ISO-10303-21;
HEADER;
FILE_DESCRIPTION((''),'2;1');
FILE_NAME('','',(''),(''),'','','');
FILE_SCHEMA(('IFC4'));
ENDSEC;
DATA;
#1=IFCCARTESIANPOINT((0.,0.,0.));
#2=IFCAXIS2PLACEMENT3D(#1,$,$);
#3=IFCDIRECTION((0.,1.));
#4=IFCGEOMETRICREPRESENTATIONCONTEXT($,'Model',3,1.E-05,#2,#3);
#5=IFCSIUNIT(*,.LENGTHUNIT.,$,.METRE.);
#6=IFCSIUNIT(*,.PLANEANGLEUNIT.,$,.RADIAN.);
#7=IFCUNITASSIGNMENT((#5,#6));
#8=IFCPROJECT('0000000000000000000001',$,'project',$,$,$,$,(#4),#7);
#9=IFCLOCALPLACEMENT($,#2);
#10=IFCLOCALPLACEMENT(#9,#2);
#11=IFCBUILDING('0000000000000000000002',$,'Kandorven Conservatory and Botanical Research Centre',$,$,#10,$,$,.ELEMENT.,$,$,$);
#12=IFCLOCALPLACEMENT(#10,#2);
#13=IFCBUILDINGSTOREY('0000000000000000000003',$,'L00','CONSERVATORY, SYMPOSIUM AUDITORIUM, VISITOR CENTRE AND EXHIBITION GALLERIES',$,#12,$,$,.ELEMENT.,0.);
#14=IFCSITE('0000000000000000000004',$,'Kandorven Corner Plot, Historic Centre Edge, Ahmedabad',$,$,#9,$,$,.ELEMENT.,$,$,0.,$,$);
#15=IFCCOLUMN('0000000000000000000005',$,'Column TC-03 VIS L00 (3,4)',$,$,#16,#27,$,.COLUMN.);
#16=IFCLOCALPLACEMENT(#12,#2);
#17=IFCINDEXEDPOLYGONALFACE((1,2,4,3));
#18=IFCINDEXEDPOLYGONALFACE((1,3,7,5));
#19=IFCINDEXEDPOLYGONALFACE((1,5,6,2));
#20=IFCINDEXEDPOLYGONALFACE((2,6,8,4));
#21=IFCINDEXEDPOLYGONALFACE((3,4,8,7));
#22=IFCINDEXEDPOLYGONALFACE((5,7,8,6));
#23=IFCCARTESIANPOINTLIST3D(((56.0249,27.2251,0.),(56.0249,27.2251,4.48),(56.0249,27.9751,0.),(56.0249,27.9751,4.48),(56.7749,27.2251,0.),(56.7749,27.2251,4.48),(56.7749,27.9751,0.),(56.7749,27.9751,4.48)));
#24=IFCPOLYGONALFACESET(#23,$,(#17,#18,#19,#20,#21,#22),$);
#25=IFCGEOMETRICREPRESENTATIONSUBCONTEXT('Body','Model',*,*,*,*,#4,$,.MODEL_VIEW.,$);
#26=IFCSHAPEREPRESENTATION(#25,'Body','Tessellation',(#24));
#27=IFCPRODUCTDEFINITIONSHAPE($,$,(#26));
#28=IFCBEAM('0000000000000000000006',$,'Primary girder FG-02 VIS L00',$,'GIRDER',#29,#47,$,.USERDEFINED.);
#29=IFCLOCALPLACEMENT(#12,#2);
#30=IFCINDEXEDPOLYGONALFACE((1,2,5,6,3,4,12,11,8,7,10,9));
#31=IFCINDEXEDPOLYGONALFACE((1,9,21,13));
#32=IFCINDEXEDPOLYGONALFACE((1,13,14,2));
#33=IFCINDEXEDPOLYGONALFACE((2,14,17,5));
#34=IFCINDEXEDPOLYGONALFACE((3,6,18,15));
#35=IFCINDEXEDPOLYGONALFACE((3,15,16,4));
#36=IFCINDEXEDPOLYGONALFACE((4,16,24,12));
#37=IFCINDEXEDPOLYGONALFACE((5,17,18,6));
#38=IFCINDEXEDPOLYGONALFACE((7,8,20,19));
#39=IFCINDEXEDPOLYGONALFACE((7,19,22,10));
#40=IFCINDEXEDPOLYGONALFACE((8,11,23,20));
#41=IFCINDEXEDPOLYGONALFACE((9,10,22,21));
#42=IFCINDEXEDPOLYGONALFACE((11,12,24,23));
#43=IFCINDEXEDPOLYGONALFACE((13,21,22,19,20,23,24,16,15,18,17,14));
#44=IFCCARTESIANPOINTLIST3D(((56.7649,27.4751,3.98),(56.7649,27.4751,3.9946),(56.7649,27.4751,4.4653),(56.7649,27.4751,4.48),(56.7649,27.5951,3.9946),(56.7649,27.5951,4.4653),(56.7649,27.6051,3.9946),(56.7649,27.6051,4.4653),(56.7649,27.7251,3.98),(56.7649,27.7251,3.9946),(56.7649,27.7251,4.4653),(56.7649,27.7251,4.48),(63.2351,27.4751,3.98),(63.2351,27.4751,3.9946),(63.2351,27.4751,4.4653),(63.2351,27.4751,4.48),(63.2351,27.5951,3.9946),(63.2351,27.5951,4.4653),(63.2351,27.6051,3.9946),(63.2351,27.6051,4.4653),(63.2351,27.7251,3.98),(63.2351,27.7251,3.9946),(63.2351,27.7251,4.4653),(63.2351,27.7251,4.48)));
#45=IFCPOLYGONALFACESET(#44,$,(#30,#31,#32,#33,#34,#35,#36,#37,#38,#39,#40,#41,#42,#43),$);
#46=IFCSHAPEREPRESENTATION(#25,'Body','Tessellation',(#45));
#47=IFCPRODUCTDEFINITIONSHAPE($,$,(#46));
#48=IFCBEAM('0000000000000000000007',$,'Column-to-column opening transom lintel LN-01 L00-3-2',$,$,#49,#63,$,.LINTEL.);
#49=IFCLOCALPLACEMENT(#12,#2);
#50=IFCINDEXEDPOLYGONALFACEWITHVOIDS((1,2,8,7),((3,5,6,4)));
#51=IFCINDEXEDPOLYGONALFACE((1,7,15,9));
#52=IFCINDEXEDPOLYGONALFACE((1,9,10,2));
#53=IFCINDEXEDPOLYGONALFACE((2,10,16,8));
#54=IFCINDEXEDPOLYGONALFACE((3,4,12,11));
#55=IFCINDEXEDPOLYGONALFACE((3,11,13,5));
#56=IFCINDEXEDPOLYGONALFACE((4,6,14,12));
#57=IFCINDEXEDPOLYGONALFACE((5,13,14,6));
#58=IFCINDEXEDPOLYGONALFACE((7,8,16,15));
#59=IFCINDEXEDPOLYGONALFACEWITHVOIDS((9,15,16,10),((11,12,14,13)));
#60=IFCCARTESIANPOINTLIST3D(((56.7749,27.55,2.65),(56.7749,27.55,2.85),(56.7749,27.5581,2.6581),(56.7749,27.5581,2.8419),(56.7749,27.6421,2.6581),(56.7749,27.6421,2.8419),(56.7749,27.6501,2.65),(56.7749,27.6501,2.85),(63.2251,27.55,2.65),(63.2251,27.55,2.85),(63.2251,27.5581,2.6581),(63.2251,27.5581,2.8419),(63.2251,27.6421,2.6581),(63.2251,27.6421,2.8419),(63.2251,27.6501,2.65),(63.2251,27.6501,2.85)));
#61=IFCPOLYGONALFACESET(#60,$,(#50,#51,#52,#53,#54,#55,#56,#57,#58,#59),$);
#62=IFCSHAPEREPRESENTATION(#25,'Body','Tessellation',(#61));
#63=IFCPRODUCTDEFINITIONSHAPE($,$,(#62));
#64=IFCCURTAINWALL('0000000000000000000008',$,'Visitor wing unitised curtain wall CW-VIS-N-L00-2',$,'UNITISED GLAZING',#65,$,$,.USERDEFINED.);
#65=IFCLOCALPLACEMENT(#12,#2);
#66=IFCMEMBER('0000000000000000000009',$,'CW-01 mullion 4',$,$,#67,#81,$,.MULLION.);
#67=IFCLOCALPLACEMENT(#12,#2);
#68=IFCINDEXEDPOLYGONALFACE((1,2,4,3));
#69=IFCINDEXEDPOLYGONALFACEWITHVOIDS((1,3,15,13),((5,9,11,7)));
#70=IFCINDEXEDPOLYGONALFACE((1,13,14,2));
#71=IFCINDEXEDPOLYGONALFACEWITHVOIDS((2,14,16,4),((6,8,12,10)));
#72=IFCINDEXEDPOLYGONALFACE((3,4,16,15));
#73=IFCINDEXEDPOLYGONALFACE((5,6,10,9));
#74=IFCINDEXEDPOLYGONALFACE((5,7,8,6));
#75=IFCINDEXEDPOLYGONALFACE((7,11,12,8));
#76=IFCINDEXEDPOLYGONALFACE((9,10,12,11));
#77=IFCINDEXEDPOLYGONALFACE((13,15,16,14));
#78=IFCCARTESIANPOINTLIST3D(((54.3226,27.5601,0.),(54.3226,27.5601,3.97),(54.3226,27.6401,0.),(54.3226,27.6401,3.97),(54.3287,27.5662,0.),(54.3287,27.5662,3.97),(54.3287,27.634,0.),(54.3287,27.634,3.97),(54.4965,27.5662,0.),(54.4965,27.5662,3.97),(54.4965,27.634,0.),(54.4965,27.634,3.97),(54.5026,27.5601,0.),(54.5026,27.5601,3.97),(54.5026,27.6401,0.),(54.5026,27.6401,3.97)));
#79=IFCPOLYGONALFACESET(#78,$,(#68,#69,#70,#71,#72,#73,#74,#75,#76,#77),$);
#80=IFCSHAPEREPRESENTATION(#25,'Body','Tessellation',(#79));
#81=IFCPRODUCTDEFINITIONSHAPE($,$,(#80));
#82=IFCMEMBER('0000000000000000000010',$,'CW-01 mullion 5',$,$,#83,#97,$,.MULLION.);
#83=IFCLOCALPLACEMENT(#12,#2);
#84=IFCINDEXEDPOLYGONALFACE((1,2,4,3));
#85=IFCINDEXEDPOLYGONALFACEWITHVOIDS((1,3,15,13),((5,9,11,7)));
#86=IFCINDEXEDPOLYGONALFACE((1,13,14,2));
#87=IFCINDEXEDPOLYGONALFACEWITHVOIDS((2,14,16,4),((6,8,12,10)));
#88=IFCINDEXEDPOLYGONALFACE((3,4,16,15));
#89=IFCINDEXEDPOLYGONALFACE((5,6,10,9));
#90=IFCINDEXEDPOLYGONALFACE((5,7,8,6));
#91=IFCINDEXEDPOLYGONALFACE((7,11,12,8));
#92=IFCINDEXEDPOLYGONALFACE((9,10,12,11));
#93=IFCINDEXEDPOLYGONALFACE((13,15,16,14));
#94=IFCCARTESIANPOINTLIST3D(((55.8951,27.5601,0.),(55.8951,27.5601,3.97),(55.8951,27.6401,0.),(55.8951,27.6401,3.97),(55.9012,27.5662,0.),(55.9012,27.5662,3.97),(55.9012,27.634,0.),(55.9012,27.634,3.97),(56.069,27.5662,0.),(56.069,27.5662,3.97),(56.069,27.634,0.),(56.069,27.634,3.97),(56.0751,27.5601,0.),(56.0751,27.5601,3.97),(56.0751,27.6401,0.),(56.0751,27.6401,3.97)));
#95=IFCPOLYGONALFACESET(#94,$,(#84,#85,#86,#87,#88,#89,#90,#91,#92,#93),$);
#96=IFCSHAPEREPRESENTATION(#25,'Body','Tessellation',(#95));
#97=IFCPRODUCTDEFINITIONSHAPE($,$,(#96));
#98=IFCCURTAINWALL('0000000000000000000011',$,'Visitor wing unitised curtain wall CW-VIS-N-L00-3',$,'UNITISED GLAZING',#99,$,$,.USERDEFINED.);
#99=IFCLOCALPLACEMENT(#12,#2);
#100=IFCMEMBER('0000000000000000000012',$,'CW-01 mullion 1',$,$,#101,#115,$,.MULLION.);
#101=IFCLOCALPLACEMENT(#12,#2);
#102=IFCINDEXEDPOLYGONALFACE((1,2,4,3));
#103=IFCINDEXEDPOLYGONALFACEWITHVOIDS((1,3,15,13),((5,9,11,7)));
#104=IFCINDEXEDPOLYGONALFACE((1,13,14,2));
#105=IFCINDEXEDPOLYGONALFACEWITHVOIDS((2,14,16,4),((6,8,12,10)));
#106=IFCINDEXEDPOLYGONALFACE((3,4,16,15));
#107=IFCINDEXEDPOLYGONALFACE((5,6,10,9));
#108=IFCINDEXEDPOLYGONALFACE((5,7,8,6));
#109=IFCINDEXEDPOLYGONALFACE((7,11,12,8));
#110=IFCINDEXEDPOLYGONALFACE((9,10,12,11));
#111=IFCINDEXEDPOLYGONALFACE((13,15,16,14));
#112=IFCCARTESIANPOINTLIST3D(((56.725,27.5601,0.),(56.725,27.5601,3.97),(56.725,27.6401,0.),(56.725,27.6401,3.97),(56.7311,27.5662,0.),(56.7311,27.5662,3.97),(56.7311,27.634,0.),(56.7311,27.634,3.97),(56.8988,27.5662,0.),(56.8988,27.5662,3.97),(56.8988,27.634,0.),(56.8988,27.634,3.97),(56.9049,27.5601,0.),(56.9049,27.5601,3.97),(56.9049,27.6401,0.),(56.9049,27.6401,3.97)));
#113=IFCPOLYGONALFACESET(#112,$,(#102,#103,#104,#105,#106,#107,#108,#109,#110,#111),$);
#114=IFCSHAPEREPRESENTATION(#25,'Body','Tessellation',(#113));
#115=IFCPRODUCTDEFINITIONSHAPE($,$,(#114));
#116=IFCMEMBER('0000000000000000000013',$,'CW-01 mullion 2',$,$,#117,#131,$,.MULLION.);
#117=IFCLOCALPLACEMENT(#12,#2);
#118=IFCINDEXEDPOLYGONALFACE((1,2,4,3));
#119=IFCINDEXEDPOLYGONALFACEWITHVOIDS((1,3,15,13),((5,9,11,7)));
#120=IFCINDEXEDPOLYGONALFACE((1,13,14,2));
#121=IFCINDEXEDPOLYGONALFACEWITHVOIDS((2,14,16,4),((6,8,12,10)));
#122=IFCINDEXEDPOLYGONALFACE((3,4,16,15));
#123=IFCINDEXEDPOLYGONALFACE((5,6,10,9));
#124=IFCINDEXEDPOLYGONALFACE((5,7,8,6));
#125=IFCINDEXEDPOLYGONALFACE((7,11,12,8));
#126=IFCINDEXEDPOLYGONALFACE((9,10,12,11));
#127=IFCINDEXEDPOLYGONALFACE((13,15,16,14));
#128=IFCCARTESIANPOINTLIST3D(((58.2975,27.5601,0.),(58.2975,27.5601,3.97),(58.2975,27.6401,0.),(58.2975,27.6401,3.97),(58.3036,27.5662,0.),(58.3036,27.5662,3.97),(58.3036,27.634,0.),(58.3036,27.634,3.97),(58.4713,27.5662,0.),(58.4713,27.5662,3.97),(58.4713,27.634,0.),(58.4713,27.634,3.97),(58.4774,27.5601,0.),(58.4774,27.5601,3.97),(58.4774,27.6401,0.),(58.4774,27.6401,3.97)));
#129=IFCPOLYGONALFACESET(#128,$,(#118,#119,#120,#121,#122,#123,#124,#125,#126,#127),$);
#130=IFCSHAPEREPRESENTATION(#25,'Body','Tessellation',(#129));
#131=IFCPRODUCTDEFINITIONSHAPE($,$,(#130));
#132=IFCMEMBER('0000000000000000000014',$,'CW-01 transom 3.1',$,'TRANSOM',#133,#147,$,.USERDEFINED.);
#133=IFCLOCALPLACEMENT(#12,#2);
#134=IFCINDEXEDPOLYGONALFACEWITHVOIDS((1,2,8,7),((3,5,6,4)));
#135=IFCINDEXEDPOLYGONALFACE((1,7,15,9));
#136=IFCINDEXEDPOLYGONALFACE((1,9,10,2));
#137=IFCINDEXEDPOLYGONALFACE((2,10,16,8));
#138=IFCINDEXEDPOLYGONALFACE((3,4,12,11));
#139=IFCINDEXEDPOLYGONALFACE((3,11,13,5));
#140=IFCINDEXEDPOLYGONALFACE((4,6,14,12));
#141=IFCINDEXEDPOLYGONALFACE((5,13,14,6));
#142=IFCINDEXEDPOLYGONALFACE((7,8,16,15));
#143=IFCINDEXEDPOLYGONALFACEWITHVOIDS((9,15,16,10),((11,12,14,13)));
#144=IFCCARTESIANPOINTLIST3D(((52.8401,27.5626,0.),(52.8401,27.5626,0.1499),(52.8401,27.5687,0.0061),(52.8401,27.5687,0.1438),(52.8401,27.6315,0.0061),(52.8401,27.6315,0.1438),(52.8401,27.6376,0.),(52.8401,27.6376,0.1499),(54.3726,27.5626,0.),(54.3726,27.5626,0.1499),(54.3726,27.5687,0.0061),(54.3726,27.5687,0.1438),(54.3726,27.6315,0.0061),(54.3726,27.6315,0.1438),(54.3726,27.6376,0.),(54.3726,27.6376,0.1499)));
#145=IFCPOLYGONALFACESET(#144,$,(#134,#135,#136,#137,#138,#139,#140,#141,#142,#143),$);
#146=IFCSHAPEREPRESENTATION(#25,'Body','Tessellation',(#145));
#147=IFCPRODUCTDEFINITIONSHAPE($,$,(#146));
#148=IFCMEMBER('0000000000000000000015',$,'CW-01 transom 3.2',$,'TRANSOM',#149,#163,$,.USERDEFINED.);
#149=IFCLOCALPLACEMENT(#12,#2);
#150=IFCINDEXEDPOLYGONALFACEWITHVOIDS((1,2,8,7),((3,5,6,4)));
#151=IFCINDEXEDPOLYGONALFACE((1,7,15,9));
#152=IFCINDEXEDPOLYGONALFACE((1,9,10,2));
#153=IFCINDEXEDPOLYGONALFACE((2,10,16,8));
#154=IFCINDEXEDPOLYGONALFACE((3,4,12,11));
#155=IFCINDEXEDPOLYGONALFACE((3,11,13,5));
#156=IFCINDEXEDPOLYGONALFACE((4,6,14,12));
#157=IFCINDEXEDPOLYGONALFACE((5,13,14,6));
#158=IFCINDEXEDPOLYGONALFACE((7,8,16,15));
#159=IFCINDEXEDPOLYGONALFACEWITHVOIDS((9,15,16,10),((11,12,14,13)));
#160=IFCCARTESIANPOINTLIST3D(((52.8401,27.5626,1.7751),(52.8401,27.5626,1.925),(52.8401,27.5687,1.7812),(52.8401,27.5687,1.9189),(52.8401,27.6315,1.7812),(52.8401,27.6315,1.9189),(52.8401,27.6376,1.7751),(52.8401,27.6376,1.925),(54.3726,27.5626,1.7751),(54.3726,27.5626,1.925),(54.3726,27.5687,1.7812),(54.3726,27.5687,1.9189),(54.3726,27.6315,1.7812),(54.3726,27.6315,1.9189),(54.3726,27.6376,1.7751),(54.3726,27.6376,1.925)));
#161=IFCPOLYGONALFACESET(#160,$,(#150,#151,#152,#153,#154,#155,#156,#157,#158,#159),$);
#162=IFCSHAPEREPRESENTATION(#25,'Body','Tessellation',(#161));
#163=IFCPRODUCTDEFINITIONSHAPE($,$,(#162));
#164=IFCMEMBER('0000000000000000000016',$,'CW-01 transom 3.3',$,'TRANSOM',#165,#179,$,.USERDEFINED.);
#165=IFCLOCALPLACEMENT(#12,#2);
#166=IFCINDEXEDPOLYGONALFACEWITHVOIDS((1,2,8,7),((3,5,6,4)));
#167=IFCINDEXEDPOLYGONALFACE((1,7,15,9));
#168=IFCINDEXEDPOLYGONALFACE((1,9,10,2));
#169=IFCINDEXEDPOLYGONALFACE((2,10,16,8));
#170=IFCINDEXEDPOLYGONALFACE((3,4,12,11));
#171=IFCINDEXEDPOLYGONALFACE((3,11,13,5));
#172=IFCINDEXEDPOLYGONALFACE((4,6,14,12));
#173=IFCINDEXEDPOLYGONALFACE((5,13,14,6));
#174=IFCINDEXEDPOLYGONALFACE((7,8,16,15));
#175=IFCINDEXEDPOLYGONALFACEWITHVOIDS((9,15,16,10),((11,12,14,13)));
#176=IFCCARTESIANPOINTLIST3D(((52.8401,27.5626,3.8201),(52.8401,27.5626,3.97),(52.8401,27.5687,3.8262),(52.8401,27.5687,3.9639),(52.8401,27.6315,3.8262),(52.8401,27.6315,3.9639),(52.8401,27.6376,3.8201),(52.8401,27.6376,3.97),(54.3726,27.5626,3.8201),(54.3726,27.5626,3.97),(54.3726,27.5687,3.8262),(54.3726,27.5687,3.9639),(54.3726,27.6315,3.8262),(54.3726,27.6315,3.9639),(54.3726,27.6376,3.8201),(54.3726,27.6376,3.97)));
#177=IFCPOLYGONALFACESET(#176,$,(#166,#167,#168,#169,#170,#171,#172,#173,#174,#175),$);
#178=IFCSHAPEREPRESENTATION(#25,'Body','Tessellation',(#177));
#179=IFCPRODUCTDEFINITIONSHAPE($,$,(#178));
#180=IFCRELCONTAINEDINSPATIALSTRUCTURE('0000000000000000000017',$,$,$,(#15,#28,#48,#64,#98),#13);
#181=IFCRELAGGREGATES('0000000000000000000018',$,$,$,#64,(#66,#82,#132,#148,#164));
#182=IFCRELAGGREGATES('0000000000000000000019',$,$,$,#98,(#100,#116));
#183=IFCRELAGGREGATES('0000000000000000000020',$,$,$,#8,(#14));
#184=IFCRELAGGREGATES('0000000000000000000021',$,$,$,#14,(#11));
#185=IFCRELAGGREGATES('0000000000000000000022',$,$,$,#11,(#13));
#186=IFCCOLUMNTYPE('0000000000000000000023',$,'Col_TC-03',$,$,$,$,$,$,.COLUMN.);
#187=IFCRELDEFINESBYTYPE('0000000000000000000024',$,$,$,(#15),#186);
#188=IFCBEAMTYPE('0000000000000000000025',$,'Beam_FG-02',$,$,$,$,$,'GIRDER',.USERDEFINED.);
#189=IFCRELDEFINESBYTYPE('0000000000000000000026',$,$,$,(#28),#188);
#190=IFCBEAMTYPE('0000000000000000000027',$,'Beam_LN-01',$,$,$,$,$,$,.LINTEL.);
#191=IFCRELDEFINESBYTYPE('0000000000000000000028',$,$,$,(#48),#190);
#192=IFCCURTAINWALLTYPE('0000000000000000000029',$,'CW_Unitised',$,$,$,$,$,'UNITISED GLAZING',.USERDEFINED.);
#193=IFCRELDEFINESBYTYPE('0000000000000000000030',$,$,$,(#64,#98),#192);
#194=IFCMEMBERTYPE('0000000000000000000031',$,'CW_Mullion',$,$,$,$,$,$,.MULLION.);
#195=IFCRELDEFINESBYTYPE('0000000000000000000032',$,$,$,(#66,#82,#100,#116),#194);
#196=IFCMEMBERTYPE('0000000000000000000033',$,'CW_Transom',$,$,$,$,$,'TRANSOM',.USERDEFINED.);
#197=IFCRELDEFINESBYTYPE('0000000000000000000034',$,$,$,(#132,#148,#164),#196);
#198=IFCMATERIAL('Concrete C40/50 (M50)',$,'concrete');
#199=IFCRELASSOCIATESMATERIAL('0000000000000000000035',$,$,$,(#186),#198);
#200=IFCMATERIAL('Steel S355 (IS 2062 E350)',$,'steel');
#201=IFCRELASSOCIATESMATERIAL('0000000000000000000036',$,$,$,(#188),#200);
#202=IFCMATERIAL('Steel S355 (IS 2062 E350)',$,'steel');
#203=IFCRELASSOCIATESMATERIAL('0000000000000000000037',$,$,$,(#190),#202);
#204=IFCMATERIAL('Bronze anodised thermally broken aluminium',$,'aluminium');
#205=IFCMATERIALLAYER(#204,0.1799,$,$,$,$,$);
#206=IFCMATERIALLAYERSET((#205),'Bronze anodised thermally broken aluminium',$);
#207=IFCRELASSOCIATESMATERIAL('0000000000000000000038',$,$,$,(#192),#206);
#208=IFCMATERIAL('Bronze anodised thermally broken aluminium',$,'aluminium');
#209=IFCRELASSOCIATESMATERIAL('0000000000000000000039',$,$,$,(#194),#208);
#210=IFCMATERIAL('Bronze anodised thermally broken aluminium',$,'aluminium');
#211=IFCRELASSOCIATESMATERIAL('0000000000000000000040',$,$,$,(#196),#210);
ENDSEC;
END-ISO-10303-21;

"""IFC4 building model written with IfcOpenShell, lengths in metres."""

from ifc_helpers import new_model, si_unit, direction, frame, origin, origin_2d, place, context, subcontext, project, spatial, rectangle, hollow_rectangle, i_section, extrude, material, layer, layer_set, material_profile, profile_set, type_object, element, aggregate, save


model = new_model("IFC4")

# Units and contexts
model_context = context("Model", 3, precision=1e-05, world=origin(), true_north=direction((0.0, 1.0)))
body_context = subcontext(model_context, "Body", "Model", "MODEL_VIEW")
ifc_project = project(units=[si_unit("LENGTHUNIT", "METRE"), si_unit("PLANEANGLEUNIT", "RADIAN")], contexts=[model_context])

# Site, building, storey
site_placement = place(None, origin())
site = spatial("IfcSite", under=ifc_project, at=site_placement, Name="Kandorven Corner Plot, Historic Centre Edge, Ahmedabad", CompositionType="ELEMENT", RefElevation=0.0)
building_placement = place(site_placement, origin())
building = spatial("IfcBuilding", under=site, at=building_placement, Name="Kandorven Conservatory and Botanical Research Centre", CompositionType="ELEMENT")
storey_placement = place(building_placement, origin())
storey = spatial("IfcBuildingStorey", under=building, at=storey_placement, Name="L00", Description="CONSERVATORY, SYMPOSIUM AUDITORIUM, VISITOR CENTRE AND EXHIBITION GALLERIES", CompositionType="ELEMENT", Elevation=0.0)

# Column
ifc_material_1 = material(Name="Concrete C40/50 (M50)", Category="concrete")
ifc_material_profile_1 = material_profile(ifc_material_1, rectangle(XDim=0.75, YDim=0.75, at=origin_2d()))
ifc_profile_set_1 = profile_set([ifc_material_profile_1], Name="Concrete C40/50 (M50)")
column_type = type_object("IfcColumnType", Name="Col_TC-03", PredefinedType="COLUMN", material=ifc_profile_set_1)
column_placement = place(storey_placement, frame((56.3999, 27.6001, 0.0), z_axis=(0.0, 0.0, 1.0), x_axis=(1.0, 0.0, 0.0)))
element("IfcColumn", 1, at=column_placement, inside=storey, type_object=column_type, Name="Column TC-03 VIS L00 (3,4)", PredefinedType="COLUMN", context=body_context, shape_type="SweptSolid", body=[
    extrude(rectangle(XDim=0.75, YDim=0.75, at=origin_2d()), origin(), (0.0, 0.0, 1.0), 4.48),
])

# Beams
ifc_material_2 = material(Name="Steel S355 (IS 2062 E350)", Category="steel")
ifc_material_profile_2 = material_profile(ifc_material_2, i_section(OverallWidth=0.25, OverallDepth=0.5, WebThickness=0.01, FlangeThickness=0.0146, at=origin_2d()))
ifc_profile_set_2 = profile_set([ifc_material_profile_2], Name="Steel S355 (IS 2062 E350)")
beam_type_1 = type_object("IfcBeamType", Name="Beam_FG-02", ElementType="GIRDER", PredefinedType="USERDEFINED", material=ifc_profile_set_2)
beam_1_placement = place(storey_placement, frame((56.7649, 27.6001, 4.23), z_axis=(1.0, 0.0, 0.0), x_axis=(0.0, 1.0, 0.0)))
element("IfcBeam", 2, at=beam_1_placement, inside=storey, type_object=beam_type_1, Name="Primary girder FG-02 VIS L00", ObjectType="GIRDER", PredefinedType="USERDEFINED", context=body_context, shape_type="SweptSolid", body=[
    extrude(i_section(OverallWidth=0.25, OverallDepth=0.5, WebThickness=0.01, FlangeThickness=0.0146, at=origin_2d()), origin(), (0.0, 0.0, 1.0), 6.4702),
])
ifc_material_3 = material(Name="Steel S355 (IS 2062 E350)", Category="steel")
ifc_material_profile_3 = material_profile(ifc_material_3, hollow_rectangle(XDim=0.1001, YDim=0.2, WallThickness=0.0081, at=origin_2d()))
ifc_profile_set_3 = profile_set([ifc_material_profile_3], Name="Steel S355 (IS 2062 E350)")
beam_type_2 = type_object("IfcBeamType", Name="Beam_LN-01", PredefinedType="LINTEL", material=ifc_profile_set_3)
beam_2_placement = place(storey_placement, frame((56.7749, 27.6001, 2.75), z_axis=(1.0, 0.0, 0.0), x_axis=(0.0, 1.0, 0.0)))
element("IfcBeam", 3, at=beam_2_placement, inside=storey, type_object=beam_type_2, Name="Column-to-column opening transom lintel LN-01 L00-3-2", PredefinedType="LINTEL", context=body_context, shape_type="SweptSolid", body=[
    extrude(hollow_rectangle(XDim=0.1001, YDim=0.2, WallThickness=0.0081, at=origin_2d()), origin(), (0.0, 0.0, 1.0), 6.4502),
])

# Curtain walls, members
ifc_material_4 = material(Name="Bronze anodised thermally broken aluminium", Category="aluminium")
ifc_layer_1 = layer(ifc_material_4, 0.1799)
ifc_layer_set_1 = layer_set([ifc_layer_1], Name="Bronze anodised thermally broken aluminium")
curtain_wall_type = type_object("IfcCurtainWallType", Name="CW_Unitised", ElementType="UNITISED GLAZING", PredefinedType="USERDEFINED", material=ifc_layer_set_1)
curtain_wall_1_placement = place(storey_placement, origin())
curtain_wall_1 = element("IfcCurtainWall", 4, at=curtain_wall_1_placement, inside=storey, type_object=curtain_wall_type, Name="Visitor wing unitised curtain wall CW-VIS-N-L00-2", ObjectType="UNITISED GLAZING", PredefinedType="USERDEFINED")
ifc_material_5 = material(Name="Bronze anodised thermally broken aluminium", Category="aluminium")
ifc_material_profile_4 = material_profile(ifc_material_5, hollow_rectangle(XDim=0.0801, YDim=0.1799, WallThickness=0.0061, at=origin_2d()))
ifc_profile_set_4 = profile_set([ifc_material_profile_4], Name="Bronze anodised thermally broken aluminium")
member_type_1 = type_object("IfcMemberType", Name="CW_Mullion", PredefinedType="MULLION", material=ifc_profile_set_4)
member_1_placement = place(storey_placement, frame((54.4126, 27.6001, 0.0), z_axis=(0.0, 0.0, 1.0), x_axis=(0.0, 1.0, 0.0)))
member_1 = element("IfcMember", 5, at=member_1_placement, type_object=member_type_1, Name="CW-01 mullion 4", PredefinedType="MULLION", context=body_context, shape_type="SweptSolid", body=[
    extrude(hollow_rectangle(XDim=0.0801, YDim=0.1799, WallThickness=0.0061, at=origin_2d()), origin(), (0.0, 0.0, 1.0), 3.97),
])
member_2_placement = place(storey_placement, frame((55.9851, 27.6001, 0.0), z_axis=(0.0, 0.0, 1.0), x_axis=(0.0, 1.0, 0.0)))
member_2 = element("IfcMember", 6, at=member_2_placement, type_object=member_type_1, Name="CW-01 mullion 5", PredefinedType="MULLION", context=body_context, shape_type="SweptSolid", body=[
    extrude(hollow_rectangle(XDim=0.0801, YDim=0.1799, WallThickness=0.0061, at=origin_2d()), origin(), (0.0, 0.0, 1.0), 3.97),
])
curtain_wall_2_placement = place(storey_placement, origin())
curtain_wall_2 = element("IfcCurtainWall", 7, at=curtain_wall_2_placement, inside=storey, type_object=curtain_wall_type, Name="Visitor wing unitised curtain wall CW-VIS-N-L00-3", ObjectType="UNITISED GLAZING", PredefinedType="USERDEFINED")
member_3_placement = place(storey_placement, frame((56.8149, 27.6001, 0.0), z_axis=(0.0, 0.0, 1.0), x_axis=(0.0, 1.0, 0.0)))
member_3 = element("IfcMember", 8, at=member_3_placement, type_object=member_type_1, Name="CW-01 mullion 1", PredefinedType="MULLION", context=body_context, shape_type="SweptSolid", body=[
    extrude(hollow_rectangle(XDim=0.0801, YDim=0.1799, WallThickness=0.0061, at=origin_2d()), origin(), (0.0, 0.0, 1.0), 3.97),
])
member_4_placement = place(storey_placement, frame((58.3875, 27.6001, 0.0), z_axis=(0.0, 0.0, 1.0), x_axis=(0.0, 1.0, 0.0)))
member_4 = element("IfcMember", 9, at=member_4_placement, type_object=member_type_1, Name="CW-01 mullion 2", PredefinedType="MULLION", context=body_context, shape_type="SweptSolid", body=[
    extrude(hollow_rectangle(XDim=0.0801, YDim=0.1799, WallThickness=0.0061, at=origin_2d()), origin(), (0.0, 0.0, 1.0), 3.97),
])

# Members
ifc_material_6 = material(Name="Bronze anodised thermally broken aluminium", Category="aluminium")
ifc_material_profile_5 = material_profile(ifc_material_6, hollow_rectangle(XDim=0.075, YDim=0.1499, WallThickness=0.0061, at=origin_2d()))
ifc_profile_set_5 = profile_set([ifc_material_profile_5], Name="Bronze anodised thermally broken aluminium")
member_type_2 = type_object("IfcMemberType", Name="CW_Transom", ElementType="TRANSOM", PredefinedType="USERDEFINED", material=ifc_profile_set_5)
member_5_placement = place(storey_placement, frame((52.8401, 27.6001, 0.075), z_axis=(1.0, 0.0, 0.0), x_axis=(0.0, 1.0, 0.0)))
member_5 = element("IfcMember", 10, at=member_5_placement, type_object=member_type_2, Name="CW-01 transom 3.1", ObjectType="TRANSOM", PredefinedType="USERDEFINED", context=body_context, shape_type="SweptSolid", body=[
    extrude(hollow_rectangle(XDim=0.075, YDim=0.1499, WallThickness=0.0061, at=origin_2d()), origin(), (0.0, 0.0, 1.0), 1.5325),
])
member_6_placement = place(storey_placement, frame((52.8401, 27.6001, 1.8501), z_axis=(1.0, 0.0, 0.0), x_axis=(0.0, 1.0, 0.0)))
member_6 = element("IfcMember", 11, at=member_6_placement, type_object=member_type_2, Name="CW-01 transom 3.2", ObjectType="TRANSOM", PredefinedType="USERDEFINED", context=body_context, shape_type="SweptSolid", body=[
    extrude(hollow_rectangle(XDim=0.075, YDim=0.1499, WallThickness=0.0061, at=origin_2d()), origin(), (0.0, 0.0, 1.0), 1.5325),
])
member_7_placement = place(storey_placement, frame((52.8401, 27.6001, 3.895), z_axis=(1.0, 0.0, 0.0), x_axis=(0.0, 1.0, 0.0)))
member_7 = element("IfcMember", 12, at=member_7_placement, type_object=member_type_2, Name="CW-01 transom 3.3", ObjectType="TRANSOM", PredefinedType="USERDEFINED", context=body_context, shape_type="SweptSolid", body=[
    extrude(hollow_rectangle(XDim=0.075, YDim=0.1499, WallThickness=0.0061, at=origin_2d()), origin(), (0.0, 0.0, 1.0), 1.5325),
])

aggregate(curtain_wall_1, [member_1, member_2, member_5, member_6, member_7])
aggregate(curtain_wall_2, [member_3, member_4])

save(model, "model.ifc")
